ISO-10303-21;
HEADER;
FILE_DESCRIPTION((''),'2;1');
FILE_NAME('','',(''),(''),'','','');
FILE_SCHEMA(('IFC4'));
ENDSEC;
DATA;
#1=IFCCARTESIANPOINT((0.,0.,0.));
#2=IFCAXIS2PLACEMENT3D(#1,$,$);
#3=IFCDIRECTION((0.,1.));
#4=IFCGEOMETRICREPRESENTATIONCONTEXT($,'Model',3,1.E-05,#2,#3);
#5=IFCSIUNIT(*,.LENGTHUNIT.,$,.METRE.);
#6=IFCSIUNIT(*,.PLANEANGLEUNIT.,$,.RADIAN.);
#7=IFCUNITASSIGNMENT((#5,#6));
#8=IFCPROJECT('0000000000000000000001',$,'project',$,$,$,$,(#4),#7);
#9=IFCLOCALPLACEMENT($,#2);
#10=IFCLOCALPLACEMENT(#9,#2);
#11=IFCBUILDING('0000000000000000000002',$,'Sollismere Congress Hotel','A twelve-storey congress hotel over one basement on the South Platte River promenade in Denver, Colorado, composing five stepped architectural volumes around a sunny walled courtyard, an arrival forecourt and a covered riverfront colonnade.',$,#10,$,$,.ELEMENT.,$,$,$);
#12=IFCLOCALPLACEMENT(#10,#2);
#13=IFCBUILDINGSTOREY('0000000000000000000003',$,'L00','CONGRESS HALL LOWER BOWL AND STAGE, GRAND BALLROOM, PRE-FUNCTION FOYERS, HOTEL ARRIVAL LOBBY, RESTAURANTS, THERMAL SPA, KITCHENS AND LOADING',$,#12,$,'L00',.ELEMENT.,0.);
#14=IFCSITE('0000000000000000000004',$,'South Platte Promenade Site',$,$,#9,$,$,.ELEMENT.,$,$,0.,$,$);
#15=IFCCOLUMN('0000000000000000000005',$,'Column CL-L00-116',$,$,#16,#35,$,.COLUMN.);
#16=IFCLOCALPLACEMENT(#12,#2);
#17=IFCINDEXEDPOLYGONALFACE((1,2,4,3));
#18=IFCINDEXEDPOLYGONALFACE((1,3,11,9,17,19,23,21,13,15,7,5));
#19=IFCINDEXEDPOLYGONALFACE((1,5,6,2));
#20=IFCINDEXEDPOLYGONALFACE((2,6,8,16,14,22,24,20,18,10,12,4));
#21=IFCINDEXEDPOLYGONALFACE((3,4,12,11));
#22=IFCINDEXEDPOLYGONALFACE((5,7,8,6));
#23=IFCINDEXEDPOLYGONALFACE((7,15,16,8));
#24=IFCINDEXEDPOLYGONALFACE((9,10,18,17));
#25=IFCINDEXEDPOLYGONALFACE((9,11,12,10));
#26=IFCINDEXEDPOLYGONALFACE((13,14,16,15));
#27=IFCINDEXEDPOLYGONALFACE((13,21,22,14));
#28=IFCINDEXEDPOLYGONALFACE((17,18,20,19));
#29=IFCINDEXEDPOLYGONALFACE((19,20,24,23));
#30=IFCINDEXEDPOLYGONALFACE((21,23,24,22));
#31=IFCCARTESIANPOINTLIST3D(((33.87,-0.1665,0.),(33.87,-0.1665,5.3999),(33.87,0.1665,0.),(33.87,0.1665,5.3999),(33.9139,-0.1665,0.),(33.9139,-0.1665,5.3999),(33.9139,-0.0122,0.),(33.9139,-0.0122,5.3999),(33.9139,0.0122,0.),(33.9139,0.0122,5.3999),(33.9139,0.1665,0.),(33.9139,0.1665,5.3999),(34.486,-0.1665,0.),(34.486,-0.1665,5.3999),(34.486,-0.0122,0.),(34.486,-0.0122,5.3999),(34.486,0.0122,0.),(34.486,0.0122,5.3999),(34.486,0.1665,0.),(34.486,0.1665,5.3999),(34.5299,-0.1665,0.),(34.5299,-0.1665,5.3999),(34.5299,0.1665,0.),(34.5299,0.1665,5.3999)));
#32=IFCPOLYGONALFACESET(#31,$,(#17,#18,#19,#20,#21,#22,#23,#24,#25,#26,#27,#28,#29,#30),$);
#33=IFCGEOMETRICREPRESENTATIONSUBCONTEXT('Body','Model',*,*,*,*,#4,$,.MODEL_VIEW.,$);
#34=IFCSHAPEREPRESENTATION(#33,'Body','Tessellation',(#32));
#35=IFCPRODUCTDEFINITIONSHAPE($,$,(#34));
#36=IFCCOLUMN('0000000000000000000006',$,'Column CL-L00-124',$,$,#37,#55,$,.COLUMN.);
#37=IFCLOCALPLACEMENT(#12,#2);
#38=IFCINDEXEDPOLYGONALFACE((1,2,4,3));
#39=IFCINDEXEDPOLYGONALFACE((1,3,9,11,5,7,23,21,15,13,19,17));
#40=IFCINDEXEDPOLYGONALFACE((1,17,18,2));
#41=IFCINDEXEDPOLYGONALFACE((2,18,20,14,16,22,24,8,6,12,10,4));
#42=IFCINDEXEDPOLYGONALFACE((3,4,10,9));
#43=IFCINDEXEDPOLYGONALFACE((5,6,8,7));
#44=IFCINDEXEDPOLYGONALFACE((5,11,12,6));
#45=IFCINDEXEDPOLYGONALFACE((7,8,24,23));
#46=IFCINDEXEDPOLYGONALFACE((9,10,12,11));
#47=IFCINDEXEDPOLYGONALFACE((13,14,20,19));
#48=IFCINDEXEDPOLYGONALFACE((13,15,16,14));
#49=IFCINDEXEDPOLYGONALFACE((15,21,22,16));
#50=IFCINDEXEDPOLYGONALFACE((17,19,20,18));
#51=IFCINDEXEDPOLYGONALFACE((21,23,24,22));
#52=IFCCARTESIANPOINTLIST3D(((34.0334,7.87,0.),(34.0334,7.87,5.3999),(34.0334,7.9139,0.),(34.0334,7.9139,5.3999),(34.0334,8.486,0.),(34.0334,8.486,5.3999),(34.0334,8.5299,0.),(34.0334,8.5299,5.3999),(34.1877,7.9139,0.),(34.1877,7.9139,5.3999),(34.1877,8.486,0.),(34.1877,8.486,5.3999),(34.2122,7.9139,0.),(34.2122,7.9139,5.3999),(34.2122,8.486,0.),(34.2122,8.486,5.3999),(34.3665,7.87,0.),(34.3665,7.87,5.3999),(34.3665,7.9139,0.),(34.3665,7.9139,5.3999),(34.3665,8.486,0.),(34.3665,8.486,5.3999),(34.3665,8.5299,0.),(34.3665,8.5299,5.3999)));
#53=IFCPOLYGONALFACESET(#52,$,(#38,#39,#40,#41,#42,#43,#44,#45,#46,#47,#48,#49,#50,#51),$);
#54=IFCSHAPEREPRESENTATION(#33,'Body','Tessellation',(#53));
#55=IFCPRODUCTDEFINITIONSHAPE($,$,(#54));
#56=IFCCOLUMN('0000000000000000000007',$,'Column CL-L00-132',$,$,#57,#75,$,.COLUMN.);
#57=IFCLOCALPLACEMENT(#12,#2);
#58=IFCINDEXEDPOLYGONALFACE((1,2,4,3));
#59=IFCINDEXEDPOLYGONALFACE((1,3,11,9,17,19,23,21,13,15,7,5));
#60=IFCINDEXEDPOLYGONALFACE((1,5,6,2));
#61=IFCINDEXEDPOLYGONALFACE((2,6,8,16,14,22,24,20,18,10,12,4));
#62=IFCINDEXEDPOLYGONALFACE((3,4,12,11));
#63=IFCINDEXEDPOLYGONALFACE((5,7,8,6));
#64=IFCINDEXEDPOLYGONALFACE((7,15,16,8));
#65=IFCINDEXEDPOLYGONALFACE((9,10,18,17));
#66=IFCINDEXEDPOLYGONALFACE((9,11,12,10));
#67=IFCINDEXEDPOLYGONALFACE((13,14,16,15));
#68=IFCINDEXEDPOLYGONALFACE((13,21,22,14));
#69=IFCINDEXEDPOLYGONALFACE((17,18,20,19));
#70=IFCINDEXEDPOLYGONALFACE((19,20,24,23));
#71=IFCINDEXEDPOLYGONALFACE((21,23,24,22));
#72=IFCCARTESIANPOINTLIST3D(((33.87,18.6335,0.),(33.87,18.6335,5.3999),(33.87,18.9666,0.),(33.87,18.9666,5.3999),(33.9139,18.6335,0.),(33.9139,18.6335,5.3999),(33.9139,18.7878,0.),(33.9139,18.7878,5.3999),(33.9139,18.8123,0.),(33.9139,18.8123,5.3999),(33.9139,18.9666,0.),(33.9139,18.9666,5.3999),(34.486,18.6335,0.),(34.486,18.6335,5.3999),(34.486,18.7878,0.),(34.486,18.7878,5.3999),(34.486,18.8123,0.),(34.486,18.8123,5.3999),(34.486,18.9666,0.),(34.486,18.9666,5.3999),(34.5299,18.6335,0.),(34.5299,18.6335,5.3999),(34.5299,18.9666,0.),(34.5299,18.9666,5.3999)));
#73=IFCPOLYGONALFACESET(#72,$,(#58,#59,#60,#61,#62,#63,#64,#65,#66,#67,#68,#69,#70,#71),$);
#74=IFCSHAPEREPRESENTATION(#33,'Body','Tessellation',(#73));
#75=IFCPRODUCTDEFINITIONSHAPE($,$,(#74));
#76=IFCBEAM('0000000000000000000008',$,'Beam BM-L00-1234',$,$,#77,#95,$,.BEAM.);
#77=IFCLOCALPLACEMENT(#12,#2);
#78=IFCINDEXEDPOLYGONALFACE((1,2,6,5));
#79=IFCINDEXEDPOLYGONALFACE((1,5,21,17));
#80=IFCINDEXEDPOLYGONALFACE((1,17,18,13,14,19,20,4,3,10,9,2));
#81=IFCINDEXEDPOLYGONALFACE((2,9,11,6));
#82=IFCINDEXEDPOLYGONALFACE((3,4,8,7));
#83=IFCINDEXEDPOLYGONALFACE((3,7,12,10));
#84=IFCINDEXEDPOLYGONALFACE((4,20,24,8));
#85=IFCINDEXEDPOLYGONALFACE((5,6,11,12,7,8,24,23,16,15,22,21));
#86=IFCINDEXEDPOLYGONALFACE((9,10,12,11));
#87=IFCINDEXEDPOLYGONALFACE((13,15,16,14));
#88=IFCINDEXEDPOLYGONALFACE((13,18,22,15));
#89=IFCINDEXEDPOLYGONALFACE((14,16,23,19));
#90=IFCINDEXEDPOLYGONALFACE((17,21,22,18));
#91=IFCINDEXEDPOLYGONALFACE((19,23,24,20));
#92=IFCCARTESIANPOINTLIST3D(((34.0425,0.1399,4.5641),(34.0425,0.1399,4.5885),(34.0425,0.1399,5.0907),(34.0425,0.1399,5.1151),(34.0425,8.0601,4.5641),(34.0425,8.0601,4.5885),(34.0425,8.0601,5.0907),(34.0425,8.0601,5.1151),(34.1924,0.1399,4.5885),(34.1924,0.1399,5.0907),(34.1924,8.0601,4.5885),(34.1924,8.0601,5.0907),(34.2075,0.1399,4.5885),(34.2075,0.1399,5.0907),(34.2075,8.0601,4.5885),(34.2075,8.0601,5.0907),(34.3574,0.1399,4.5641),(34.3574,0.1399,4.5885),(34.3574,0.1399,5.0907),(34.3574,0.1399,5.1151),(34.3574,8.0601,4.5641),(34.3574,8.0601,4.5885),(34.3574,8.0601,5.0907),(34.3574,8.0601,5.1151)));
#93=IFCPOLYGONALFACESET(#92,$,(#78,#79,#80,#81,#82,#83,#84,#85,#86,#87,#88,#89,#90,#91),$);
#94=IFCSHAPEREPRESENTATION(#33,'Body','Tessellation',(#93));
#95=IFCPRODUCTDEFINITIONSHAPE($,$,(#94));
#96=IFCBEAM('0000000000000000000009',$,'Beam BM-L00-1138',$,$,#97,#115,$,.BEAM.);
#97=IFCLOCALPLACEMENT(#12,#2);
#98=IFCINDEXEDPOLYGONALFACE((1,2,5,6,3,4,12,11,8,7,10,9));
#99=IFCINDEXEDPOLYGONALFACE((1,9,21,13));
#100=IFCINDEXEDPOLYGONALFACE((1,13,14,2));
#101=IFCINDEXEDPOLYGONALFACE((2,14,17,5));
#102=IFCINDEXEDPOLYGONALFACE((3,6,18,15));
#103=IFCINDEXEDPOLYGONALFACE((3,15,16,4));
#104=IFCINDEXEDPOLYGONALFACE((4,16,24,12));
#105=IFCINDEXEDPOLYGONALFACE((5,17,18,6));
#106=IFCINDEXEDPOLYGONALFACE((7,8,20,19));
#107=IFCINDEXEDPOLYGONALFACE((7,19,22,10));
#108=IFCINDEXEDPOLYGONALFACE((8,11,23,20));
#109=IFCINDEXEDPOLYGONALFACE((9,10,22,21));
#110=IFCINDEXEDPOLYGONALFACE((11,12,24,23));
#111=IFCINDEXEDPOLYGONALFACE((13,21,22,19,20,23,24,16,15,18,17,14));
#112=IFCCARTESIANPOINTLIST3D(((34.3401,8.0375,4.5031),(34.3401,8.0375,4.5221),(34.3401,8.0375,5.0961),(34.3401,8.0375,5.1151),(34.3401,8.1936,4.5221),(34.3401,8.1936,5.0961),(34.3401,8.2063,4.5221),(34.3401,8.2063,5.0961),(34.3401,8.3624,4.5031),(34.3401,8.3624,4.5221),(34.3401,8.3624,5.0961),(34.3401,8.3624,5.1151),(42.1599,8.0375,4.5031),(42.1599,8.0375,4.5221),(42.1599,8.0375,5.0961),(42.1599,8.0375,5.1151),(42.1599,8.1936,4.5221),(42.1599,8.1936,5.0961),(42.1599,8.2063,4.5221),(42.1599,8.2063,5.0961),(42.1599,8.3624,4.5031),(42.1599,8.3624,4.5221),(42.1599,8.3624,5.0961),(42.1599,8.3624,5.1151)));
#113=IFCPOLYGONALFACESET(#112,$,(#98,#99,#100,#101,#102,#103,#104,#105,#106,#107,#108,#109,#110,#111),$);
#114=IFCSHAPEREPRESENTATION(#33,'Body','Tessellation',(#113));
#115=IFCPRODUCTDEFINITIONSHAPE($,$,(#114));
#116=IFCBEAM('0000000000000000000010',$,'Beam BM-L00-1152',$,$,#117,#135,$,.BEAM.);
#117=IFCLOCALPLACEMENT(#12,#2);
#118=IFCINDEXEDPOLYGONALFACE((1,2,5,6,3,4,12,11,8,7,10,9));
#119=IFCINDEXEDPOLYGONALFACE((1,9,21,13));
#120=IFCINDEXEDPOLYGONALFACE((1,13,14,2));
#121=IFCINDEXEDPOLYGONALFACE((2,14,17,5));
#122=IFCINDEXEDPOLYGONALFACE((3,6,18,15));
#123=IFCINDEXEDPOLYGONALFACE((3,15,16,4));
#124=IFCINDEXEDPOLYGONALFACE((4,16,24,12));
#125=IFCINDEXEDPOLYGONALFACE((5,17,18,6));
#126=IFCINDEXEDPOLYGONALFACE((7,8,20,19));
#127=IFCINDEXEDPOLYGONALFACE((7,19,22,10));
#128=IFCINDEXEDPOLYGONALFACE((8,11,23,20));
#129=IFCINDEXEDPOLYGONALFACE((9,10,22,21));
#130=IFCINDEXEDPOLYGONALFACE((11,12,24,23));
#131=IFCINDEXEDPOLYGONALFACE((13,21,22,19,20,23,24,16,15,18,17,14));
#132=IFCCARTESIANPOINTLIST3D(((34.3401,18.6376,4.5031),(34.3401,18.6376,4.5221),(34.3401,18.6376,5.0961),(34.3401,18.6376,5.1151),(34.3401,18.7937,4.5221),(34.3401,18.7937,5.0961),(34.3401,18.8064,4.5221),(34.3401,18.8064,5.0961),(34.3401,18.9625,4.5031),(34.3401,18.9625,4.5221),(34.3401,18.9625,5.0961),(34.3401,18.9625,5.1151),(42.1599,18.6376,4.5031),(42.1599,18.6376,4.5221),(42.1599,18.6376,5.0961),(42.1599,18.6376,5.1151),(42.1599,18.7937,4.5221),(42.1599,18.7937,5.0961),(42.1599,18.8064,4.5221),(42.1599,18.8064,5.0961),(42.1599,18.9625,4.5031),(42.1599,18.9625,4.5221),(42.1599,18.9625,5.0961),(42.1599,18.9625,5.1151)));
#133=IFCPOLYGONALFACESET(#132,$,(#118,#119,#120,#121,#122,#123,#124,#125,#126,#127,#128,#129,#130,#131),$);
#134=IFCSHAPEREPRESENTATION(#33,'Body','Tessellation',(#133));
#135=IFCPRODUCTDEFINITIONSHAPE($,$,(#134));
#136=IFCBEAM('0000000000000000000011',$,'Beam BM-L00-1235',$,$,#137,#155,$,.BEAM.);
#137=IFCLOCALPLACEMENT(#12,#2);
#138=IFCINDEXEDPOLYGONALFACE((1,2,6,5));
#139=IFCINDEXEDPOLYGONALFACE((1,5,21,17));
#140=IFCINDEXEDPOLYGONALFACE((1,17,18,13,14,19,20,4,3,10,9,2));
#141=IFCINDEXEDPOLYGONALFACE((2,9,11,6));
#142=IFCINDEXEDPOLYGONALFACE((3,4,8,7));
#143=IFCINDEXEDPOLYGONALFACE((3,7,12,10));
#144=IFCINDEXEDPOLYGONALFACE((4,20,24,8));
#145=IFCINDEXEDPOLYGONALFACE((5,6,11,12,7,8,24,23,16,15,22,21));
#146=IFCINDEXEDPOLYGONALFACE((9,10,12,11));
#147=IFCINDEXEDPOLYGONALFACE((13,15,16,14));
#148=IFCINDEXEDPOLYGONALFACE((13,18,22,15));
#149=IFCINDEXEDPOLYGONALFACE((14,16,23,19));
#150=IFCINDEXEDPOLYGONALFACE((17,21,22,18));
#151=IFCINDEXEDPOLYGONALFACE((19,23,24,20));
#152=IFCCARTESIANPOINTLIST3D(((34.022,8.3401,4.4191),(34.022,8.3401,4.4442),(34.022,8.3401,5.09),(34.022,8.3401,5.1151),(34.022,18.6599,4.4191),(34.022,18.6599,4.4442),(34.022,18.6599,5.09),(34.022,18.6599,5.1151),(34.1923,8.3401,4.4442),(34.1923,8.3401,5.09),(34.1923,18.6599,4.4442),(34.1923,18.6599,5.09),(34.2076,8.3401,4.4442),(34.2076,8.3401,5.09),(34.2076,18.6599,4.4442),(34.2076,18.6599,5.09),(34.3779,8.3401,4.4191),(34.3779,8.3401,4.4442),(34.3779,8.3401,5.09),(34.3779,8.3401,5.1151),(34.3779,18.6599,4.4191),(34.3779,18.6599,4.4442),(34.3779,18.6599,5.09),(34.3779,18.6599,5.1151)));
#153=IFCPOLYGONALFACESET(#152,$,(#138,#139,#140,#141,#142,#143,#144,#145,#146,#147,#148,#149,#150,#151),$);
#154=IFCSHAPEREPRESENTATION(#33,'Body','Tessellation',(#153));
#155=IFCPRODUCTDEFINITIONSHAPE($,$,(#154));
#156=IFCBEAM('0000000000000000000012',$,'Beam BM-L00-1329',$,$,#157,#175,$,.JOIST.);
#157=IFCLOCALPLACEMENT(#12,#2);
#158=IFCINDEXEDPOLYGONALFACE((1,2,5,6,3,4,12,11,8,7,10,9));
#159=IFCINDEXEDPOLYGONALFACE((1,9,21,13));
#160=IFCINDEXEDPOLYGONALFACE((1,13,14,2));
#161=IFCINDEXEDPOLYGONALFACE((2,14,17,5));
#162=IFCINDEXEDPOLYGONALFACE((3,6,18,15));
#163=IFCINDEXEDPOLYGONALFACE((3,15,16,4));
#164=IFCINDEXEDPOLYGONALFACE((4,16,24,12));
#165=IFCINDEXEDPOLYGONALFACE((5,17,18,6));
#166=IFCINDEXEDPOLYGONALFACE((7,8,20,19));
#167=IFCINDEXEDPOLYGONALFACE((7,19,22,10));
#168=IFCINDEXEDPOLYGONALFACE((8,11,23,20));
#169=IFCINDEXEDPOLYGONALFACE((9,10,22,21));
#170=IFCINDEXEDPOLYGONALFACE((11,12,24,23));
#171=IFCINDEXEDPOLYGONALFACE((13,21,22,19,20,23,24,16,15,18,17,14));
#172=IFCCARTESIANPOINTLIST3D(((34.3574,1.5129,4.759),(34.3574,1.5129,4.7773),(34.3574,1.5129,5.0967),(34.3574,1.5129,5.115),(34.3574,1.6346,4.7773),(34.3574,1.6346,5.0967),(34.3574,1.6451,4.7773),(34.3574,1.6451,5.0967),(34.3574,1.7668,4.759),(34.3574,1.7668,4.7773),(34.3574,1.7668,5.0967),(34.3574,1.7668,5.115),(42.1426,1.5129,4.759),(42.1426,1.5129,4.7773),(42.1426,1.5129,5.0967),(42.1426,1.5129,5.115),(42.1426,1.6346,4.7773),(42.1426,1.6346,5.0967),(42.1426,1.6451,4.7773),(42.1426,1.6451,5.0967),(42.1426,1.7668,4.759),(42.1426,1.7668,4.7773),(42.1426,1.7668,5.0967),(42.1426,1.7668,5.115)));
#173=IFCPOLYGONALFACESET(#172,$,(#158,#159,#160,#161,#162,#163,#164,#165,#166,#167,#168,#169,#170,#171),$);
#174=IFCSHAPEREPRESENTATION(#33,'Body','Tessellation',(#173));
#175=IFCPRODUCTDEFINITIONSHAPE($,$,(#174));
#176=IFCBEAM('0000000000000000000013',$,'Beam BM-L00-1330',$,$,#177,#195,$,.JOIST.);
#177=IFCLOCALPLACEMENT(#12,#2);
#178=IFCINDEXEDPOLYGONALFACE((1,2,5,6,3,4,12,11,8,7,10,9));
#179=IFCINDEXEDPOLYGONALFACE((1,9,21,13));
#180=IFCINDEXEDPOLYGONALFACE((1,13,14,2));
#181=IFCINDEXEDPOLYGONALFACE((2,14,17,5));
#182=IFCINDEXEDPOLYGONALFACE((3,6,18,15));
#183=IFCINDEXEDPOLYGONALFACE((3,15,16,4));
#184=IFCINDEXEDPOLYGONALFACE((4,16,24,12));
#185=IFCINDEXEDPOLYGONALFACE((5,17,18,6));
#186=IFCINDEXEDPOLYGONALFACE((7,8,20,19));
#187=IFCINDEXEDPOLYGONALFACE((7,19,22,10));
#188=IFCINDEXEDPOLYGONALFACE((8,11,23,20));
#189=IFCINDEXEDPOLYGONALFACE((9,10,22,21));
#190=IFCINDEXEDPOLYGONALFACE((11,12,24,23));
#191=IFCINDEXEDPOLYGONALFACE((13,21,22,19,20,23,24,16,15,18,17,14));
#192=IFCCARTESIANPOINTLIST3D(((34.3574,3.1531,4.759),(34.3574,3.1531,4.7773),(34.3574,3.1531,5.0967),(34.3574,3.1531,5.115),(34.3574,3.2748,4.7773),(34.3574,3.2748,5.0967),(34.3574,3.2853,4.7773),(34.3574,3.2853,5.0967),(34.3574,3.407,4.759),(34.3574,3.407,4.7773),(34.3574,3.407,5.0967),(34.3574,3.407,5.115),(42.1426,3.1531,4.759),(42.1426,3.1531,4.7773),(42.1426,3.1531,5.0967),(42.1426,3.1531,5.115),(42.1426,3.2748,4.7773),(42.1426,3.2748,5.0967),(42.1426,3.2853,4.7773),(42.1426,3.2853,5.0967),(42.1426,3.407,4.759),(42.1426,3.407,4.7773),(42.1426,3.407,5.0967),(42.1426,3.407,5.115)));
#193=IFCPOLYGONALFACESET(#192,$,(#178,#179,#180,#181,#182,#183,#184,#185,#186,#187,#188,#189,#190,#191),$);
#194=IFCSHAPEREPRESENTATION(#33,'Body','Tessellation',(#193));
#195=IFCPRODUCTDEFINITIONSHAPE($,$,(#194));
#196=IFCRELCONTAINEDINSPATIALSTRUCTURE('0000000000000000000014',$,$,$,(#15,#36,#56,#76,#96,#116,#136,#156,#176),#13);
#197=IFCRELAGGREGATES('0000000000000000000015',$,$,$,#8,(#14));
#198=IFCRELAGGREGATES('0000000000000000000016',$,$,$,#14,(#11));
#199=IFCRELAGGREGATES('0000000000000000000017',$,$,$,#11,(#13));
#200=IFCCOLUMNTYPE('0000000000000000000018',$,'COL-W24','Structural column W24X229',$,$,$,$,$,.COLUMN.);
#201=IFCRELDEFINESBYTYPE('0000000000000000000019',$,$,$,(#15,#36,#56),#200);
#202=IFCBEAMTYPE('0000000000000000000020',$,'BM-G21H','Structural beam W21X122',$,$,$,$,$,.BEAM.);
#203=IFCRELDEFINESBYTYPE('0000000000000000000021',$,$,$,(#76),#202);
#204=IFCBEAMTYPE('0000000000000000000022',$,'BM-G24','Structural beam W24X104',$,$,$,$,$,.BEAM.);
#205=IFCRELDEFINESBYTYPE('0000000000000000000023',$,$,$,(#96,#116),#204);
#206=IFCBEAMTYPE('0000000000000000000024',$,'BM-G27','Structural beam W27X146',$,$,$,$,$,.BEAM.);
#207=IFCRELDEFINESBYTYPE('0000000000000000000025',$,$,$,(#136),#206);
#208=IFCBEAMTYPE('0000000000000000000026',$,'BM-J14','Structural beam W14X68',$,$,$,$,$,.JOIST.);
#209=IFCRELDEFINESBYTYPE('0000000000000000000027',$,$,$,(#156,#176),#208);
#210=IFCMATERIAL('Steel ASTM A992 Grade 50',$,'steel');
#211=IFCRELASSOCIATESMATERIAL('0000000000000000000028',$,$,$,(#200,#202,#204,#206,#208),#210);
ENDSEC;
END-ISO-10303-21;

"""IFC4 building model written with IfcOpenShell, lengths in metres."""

from ifc_helpers import new_model, si_unit, direction, frame, origin, origin_2d, place, context, subcontext, project, spatial, i_section, extrude, material, material_profile, profile_set, type_object, element, save


model = new_model("IFC4")

# Units and contexts
model_context = context("Model", 3, precision=1e-05, world=origin(), true_north=direction((0.0, 1.0)))
body_context = subcontext(model_context, "Body", "Model", "MODEL_VIEW")
ifc_project = project(units=[si_unit("LENGTHUNIT", "METRE"), si_unit("PLANEANGLEUNIT", "RADIAN")], contexts=[model_context])

# Site, building, storey
site_placement = place(None, origin())
site = spatial("IfcSite", under=ifc_project, at=site_placement, Name="South Platte Promenade Site", CompositionType="ELEMENT", RefElevation=0.0)
building_placement = place(site_placement, origin())
building = spatial("IfcBuilding", under=site, at=building_placement, Name="Sollismere Congress Hotel", Description="A twelve-storey congress hotel over one basement on the South Platte River promenade in Denver, Colorado, composing five stepped architectural volumes around a sunny walled courtyard, an arrival forecourt and a covered riverfront colonnade.", CompositionType="ELEMENT")
storey_placement = place(building_placement, origin())
storey = spatial("IfcBuildingStorey", under=building, at=storey_placement, Name="L00", Description="CONGRESS HALL LOWER BOWL AND STAGE, GRAND BALLROOM, PRE-FUNCTION FOYERS, HOTEL ARRIVAL LOBBY, RESTAURANTS, THERMAL SPA, KITCHENS AND LOADING", LongName="L00", CompositionType="ELEMENT", Elevation=0.0)

# Columns
ifc_material_1 = material(Name="Steel ASTM A992 Grade 50", Category="steel")
ifc_material_profile_1 = material_profile(ifc_material_1, i_section(OverallWidth=0.333, OverallDepth=0.6599, WebThickness=0.0244, FlangeThickness=0.0439, at=origin_2d()), Name="W24X229")
ifc_profile_set_1 = profile_set([ifc_material_profile_1], Name="Steel ASTM A992 Grade 50")
column_type = type_object("IfcColumnType", Name="COL-W24", Description="Structural column W24X229", PredefinedType="COLUMN", material=ifc_profile_set_1)
for number, where, z_axis, x_axis, name in (
    (1, (34.2, 0.0, 0.0), (0.0, 0.0, 1.0), (0.0, 1.0, 0.0), "Column CL-L00-116"),
    (2, (34.2, 8.2, 0.0), (0.0, 0.0, 1.0), (1.0, 0.0, 0.0), "Column CL-L00-124"),
    (3, (34.2, 18.8, 0.0), (0.0, 0.0, 1.0), (0.0, 1.0, 0.0), "Column CL-L00-132"),
):
    element("IfcColumn", number, at=place(storey_placement, frame(where, z_axis=z_axis, x_axis=x_axis)), inside=storey, type_object=column_type, Name=name, PredefinedType="COLUMN", context=body_context, shape_type="SweptSolid", body=[
        extrude(i_section(OverallWidth=0.333, OverallDepth=0.6599, WebThickness=0.0244, FlangeThickness=0.0439, at=origin_2d()), origin(), (0.0, 0.0, 1.0), 5.3999),
    ])

# Beams
ifc_material_profile_2 = material_profile(ifc_material_1, i_section(OverallWidth=0.3149, OverallDepth=0.551, WebThickness=0.0151, FlangeThickness=0.0244, at=origin_2d()), Name="W21X122")
ifc_profile_set_2 = profile_set([ifc_material_profile_2], Name="Steel ASTM A992 Grade 50")
beam_type_1 = type_object("IfcBeamType", Name="BM-G21H", Description="Structural beam W21X122", PredefinedType="BEAM", material=ifc_profile_set_2)
beam_1_placement = place(storey_placement, frame((34.2, 0.1399, 4.8396), z_axis=(0.0, 1.0, 0.0), x_axis=(-1.0, 0.0, 0.0)))
element("IfcBeam", 4, at=beam_1_placement, inside=storey, type_object=beam_type_1, Name="Beam BM-L00-1234", PredefinedType="BEAM", context=body_context, shape_type="SweptSolid", body=[
    extrude(i_section(OverallWidth=0.3149, OverallDepth=0.551, WebThickness=0.0151, FlangeThickness=0.0244, at=origin_2d()), origin(), (0.0, 0.0, 1.0), 7.9202),
])
ifc_material_profile_3 = material_profile(ifc_material_1, i_section(OverallWidth=0.325, OverallDepth=0.6121, WebThickness=0.0127, FlangeThickness=0.019, at=origin_2d()), Name="W24X104")
ifc_profile_set_3 = profile_set([ifc_material_profile_3], Name="Steel ASTM A992 Grade 50")
beam_type_2 = type_object("IfcBeamType", Name="BM-G24", Description="Structural beam W24X104", PredefinedType="BEAM", material=ifc_profile_set_3)
for number, where, z_axis, x_axis, name in (
    (5, (34.3401, 8.2, 4.8091), (1.0, 0.0, 0.0), (0.0, 1.0, 0.0), "Beam BM-L00-1138"),
    (6, (34.3401, 18.8, 4.8091), (1.0, 0.0, 0.0), (0.0, 1.0, 0.0), "Beam BM-L00-1152"),
):
    element("IfcBeam", number, at=place(storey_placement, frame(where, z_axis=z_axis, x_axis=x_axis)), inside=storey, type_object=beam_type_2, Name=name, PredefinedType="BEAM", context=body_context, shape_type="SweptSolid", body=[
        extrude(i_section(OverallWidth=0.325, OverallDepth=0.6121, WebThickness=0.0127, FlangeThickness=0.019, at=origin_2d()), origin(), (0.0, 0.0, 1.0), 7.8198),
    ])
ifc_material_profile_4 = material_profile(ifc_material_1, i_section(OverallWidth=0.356, OverallDepth=0.696, WebThickness=0.0154, FlangeThickness=0.0251, at=origin_2d()), Name="W27X146")
ifc_profile_set_4 = profile_set([ifc_material_profile_4], Name="Steel ASTM A992 Grade 50")
beam_type_3 = type_object("IfcBeamType", Name="BM-G27", Description="Structural beam W27X146", PredefinedType="BEAM", material=ifc_profile_set_4)
beam_2_placement = place(storey_placement, frame((34.2, 8.3401, 4.7671), z_axis=(0.0, 1.0, 0.0), x_axis=(-1.0, 0.0, 0.0)))
element("IfcBeam", 7, at=beam_2_placement, inside=storey, type_object=beam_type_3, Name="Beam BM-L00-1235", PredefinedType="BEAM", context=body_context, shape_type="SweptSolid", body=[
    extrude(i_section(OverallWidth=0.356, OverallDepth=0.696, WebThickness=0.0154, FlangeThickness=0.0251, at=origin_2d()), origin(), (0.0, 0.0, 1.0), 10.3198),
])
ifc_material_profile_5 = material_profile(ifc_material_1, i_section(OverallWidth=0.2539, OverallDepth=0.356, WebThickness=0.0105, FlangeThickness=0.0183, at=origin_2d()), Name="W14X68")
ifc_profile_set_5 = profile_set([ifc_material_profile_5], Name="Steel ASTM A992 Grade 50")
beam_type_4 = type_object("IfcBeamType", Name="BM-J14", Description="Structural beam W14X68", PredefinedType="JOIST", material=ifc_profile_set_5)
for number, where, z_axis, x_axis, name in (
    (8, (34.3574, 1.6399, 4.937), (1.0, 0.0, 0.0), (0.0, 1.0, 0.0), "Beam BM-L00-1329"),
    (9, (34.3574, 3.28, 4.937), (1.0, 0.0, 0.0), (0.0, 1.0, 0.0), "Beam BM-L00-1330"),
):
    element("IfcBeam", number, at=place(storey_placement, frame(where, z_axis=z_axis, x_axis=x_axis)), inside=storey, type_object=beam_type_4, Name=name, PredefinedType="JOIST", context=body_context, shape_type="SweptSolid", body=[
        extrude(i_section(OverallWidth=0.2539, OverallDepth=0.356, WebThickness=0.0105, FlangeThickness=0.0183, at=origin_2d()), origin(), (0.0, 0.0, 1.0), 7.7852),
    ])

save(model, "model.ifc")
